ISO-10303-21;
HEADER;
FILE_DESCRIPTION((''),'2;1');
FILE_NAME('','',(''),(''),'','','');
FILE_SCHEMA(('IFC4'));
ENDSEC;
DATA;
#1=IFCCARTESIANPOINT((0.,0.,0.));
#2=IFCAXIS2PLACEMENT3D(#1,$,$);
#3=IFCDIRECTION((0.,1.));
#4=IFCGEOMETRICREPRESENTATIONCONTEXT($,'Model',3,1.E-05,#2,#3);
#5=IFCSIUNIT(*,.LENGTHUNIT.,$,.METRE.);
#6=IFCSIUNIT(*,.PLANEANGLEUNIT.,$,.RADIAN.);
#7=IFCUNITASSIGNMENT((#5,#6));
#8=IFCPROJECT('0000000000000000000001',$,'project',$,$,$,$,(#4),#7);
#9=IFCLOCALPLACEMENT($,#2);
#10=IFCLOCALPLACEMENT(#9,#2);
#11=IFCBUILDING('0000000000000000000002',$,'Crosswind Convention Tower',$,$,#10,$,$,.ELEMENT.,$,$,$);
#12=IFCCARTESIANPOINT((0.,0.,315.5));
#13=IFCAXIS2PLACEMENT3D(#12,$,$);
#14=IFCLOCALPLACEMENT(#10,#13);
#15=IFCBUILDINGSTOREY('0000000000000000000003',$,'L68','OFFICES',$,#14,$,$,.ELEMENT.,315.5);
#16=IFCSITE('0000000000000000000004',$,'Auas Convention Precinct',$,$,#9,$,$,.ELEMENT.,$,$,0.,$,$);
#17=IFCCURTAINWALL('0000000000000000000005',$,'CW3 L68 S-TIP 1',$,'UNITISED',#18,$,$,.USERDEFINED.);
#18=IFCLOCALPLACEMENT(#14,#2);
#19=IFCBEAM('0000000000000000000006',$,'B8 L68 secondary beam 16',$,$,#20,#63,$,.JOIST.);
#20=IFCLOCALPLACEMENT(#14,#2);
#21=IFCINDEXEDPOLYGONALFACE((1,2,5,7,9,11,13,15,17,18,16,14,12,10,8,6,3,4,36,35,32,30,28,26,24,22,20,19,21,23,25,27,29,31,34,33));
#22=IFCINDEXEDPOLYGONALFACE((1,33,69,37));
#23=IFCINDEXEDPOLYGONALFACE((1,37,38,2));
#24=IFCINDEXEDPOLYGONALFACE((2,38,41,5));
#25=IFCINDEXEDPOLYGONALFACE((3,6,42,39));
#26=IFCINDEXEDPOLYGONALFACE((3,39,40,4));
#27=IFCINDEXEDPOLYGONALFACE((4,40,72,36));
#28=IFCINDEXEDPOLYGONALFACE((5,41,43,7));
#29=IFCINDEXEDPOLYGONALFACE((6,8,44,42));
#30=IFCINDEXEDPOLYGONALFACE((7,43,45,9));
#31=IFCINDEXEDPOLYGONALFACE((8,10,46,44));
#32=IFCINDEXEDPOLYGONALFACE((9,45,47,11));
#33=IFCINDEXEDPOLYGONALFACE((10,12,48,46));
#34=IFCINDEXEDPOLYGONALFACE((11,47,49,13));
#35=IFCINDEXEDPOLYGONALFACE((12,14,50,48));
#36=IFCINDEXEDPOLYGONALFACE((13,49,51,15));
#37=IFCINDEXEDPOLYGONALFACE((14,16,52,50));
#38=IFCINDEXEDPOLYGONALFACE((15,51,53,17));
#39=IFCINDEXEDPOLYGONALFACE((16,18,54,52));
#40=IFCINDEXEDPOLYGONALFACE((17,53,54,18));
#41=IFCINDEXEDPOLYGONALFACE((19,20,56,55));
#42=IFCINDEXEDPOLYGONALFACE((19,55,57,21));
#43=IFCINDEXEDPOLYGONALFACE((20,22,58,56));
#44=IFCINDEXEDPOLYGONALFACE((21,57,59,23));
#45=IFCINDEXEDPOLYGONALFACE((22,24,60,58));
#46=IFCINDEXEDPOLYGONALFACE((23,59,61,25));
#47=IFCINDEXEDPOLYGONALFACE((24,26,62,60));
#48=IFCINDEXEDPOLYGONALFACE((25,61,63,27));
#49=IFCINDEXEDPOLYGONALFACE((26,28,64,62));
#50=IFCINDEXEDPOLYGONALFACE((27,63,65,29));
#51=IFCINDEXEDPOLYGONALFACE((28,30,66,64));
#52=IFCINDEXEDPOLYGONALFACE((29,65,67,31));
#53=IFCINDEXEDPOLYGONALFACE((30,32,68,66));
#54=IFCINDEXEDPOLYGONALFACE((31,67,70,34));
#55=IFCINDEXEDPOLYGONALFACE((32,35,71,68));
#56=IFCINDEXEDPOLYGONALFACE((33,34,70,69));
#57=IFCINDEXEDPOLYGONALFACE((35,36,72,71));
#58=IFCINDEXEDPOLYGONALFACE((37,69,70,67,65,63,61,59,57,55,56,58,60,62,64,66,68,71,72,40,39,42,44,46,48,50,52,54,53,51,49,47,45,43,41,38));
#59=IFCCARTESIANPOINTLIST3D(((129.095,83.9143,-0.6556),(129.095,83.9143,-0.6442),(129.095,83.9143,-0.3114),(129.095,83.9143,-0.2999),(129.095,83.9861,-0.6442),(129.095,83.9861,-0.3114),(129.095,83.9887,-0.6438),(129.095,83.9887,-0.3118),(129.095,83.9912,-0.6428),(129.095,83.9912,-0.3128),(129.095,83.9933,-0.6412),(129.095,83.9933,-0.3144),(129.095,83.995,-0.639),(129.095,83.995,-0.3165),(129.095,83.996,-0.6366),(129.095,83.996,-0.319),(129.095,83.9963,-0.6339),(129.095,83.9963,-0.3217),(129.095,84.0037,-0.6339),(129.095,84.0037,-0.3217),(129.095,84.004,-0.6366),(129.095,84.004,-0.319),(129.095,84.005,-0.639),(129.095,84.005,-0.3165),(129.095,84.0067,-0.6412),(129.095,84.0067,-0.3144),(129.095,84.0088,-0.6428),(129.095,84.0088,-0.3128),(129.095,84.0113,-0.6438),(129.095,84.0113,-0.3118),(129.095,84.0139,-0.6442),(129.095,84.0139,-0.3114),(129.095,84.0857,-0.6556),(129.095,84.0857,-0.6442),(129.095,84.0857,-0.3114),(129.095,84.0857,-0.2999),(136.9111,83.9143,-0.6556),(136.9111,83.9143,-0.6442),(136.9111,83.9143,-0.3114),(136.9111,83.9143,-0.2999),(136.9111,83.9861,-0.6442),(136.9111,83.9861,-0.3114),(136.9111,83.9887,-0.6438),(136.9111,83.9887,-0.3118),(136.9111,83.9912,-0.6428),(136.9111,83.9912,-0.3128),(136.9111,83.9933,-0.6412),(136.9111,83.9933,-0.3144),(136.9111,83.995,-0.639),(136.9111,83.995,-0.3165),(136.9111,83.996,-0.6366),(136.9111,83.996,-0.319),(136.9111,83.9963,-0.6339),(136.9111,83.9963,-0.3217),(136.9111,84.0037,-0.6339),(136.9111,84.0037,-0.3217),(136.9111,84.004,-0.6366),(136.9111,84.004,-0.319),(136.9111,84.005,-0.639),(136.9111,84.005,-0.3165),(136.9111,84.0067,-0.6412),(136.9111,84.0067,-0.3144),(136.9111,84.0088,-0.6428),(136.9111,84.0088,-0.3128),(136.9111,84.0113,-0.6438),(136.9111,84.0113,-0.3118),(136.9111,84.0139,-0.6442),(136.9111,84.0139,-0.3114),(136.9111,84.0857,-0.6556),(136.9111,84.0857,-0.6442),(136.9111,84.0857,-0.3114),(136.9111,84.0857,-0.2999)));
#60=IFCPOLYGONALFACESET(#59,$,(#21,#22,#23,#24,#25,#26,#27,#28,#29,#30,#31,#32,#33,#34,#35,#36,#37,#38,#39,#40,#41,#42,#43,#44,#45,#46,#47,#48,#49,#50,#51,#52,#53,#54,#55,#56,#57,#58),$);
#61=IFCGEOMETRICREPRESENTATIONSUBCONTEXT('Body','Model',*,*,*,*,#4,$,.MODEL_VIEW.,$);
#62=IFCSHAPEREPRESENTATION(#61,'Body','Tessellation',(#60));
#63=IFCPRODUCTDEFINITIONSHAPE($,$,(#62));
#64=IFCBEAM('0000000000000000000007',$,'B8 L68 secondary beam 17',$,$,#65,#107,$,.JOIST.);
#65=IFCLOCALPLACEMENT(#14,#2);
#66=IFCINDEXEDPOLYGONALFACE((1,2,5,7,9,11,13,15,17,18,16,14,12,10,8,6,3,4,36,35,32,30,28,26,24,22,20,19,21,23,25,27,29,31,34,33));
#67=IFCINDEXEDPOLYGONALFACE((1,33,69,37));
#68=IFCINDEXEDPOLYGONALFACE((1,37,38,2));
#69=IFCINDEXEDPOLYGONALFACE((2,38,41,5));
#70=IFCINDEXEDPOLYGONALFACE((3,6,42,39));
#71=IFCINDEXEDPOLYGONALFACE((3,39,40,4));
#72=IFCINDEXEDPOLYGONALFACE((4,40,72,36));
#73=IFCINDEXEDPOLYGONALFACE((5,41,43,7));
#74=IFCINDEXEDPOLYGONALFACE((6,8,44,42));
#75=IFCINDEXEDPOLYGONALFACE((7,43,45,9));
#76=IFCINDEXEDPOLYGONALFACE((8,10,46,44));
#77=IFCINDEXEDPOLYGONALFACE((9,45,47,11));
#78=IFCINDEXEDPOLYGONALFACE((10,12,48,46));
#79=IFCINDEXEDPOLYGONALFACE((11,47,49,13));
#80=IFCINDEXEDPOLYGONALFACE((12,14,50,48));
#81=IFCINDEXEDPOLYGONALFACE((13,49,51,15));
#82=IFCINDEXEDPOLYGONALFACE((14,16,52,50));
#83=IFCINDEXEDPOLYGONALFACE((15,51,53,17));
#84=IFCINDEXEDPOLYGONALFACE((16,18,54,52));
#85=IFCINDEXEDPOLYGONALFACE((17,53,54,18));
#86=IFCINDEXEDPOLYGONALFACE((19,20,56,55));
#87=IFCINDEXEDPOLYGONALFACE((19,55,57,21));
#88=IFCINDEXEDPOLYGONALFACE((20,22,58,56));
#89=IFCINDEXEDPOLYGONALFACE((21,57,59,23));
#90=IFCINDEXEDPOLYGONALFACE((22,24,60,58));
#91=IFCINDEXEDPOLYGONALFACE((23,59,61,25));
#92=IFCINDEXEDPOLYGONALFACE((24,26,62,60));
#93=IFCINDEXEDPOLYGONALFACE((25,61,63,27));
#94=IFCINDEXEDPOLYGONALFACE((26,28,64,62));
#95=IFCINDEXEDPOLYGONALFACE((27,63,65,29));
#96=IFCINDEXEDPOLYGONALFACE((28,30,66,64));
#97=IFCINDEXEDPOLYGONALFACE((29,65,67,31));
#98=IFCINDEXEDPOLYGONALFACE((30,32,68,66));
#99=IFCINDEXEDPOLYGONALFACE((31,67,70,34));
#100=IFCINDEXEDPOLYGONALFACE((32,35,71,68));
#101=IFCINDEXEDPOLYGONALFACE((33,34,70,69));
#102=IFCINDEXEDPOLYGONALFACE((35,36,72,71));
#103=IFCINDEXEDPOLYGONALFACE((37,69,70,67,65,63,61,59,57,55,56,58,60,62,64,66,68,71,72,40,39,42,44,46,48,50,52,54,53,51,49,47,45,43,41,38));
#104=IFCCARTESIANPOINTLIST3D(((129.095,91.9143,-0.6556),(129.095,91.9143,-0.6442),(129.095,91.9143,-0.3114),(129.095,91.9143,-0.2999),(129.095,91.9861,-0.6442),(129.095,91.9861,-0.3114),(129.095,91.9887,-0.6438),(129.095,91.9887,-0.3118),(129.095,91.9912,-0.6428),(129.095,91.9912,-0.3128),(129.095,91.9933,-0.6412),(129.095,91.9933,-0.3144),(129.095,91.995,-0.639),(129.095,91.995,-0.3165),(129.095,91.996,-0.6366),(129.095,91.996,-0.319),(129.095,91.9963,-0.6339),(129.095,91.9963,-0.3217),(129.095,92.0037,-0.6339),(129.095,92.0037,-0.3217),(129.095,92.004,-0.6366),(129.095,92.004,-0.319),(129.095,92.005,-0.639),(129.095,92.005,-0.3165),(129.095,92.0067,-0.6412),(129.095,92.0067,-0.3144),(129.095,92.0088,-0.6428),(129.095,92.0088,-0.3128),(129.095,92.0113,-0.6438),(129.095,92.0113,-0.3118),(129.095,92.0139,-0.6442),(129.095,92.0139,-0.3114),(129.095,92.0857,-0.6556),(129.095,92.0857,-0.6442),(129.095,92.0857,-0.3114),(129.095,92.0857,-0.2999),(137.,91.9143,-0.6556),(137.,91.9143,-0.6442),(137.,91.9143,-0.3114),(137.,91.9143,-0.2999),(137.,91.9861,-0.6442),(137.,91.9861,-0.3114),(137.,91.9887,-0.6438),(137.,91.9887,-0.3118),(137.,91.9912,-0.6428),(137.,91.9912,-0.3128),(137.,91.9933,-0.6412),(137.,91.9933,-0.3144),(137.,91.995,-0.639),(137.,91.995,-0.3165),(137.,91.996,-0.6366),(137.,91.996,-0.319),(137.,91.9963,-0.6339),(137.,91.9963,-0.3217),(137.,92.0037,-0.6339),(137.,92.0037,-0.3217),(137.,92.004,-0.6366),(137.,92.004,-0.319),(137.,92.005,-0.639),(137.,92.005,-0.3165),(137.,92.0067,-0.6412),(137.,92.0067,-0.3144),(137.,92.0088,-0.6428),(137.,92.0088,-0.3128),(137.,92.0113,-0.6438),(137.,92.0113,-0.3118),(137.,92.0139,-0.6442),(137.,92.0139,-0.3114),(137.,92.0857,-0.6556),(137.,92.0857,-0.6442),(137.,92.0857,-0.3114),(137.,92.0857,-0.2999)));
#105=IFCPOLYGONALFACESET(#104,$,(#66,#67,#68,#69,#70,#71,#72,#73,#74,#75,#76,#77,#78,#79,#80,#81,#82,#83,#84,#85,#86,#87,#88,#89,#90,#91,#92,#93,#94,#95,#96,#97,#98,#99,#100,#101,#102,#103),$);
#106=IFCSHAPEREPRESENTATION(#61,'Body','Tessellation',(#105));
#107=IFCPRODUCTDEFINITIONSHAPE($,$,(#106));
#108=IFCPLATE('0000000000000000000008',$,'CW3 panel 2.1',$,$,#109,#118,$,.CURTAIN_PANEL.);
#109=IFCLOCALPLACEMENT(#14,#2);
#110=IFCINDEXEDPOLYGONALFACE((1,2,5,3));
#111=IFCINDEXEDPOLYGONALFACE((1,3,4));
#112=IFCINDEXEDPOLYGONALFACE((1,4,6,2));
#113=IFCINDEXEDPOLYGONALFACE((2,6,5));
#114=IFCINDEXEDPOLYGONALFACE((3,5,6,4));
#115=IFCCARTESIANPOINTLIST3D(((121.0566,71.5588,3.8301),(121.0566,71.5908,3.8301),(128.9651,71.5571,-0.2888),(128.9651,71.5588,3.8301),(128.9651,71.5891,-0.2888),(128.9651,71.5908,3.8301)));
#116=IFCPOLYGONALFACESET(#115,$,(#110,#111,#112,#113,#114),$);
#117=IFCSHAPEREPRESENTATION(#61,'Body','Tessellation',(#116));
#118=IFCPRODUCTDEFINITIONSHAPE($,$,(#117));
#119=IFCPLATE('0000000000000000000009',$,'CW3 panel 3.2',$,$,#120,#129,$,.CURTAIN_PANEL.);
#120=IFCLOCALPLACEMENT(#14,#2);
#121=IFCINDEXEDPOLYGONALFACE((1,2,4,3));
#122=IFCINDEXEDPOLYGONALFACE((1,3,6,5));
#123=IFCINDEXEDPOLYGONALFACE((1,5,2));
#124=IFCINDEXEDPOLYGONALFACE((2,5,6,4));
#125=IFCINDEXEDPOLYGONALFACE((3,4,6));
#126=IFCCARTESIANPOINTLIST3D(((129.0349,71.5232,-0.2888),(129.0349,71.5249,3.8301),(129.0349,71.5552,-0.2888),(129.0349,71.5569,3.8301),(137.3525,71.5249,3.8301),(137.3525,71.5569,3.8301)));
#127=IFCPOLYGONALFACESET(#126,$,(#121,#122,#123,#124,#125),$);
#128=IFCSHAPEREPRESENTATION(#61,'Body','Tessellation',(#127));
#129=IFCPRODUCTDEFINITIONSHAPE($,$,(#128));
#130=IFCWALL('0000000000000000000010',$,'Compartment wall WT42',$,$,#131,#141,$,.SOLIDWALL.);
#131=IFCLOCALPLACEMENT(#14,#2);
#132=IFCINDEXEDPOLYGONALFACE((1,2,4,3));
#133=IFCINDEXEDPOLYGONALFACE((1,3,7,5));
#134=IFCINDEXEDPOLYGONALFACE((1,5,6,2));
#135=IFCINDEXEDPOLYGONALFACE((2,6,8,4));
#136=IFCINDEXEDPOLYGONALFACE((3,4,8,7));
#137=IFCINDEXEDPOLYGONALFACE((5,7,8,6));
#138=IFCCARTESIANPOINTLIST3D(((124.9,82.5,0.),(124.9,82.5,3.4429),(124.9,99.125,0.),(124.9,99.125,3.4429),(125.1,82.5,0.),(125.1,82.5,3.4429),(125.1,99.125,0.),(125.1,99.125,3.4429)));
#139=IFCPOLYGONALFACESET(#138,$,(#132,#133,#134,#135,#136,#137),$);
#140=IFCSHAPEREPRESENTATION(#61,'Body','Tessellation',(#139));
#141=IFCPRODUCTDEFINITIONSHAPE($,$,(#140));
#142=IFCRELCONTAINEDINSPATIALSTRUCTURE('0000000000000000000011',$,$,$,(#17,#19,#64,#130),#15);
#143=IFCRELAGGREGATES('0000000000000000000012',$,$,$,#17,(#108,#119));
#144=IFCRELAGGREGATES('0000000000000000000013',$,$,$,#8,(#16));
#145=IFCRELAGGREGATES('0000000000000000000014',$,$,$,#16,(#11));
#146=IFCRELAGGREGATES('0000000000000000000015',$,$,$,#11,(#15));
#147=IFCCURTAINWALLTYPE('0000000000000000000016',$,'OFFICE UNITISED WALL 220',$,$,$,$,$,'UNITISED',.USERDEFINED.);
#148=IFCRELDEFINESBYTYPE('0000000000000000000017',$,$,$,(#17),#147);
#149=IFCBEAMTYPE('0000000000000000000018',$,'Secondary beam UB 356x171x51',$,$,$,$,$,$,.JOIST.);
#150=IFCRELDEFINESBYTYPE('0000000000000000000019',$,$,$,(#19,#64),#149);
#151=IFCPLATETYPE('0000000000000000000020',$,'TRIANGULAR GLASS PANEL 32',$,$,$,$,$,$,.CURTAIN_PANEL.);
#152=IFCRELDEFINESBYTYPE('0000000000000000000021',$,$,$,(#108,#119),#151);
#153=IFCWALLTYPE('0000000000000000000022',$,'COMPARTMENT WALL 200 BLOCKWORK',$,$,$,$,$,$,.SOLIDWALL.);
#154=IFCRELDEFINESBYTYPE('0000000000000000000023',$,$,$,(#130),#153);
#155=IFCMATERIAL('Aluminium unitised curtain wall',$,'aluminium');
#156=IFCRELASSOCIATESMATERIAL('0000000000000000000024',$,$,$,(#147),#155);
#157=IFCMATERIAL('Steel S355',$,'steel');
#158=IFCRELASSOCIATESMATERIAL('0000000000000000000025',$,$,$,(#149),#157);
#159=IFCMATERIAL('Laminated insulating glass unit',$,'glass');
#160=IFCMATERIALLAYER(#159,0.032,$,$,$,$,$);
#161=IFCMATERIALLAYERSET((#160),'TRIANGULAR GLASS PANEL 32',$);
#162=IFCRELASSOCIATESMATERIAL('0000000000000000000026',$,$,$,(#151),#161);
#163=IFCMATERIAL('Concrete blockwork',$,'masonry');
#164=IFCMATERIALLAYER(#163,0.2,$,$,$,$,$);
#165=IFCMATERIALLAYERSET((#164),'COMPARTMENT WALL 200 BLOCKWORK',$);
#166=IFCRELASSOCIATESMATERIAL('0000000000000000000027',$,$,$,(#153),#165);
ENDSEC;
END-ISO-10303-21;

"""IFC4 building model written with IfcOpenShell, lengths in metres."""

from ifc_helpers import new_model, si_unit, direction, frame, frame_2d, origin, origin_2d, place, context, subcontext, project, spatial, polyline, rectangle, i_section, outline, extrude, material, layer, layer_set, material_profile, profile_set, type_object, element, aggregate, save


model = new_model("IFC4")

# Units and contexts
model_context = context("Model", 3, precision=1e-05, world=origin(), true_north=direction((0.0, 1.0)))
body_context = subcontext(model_context, "Body", "Model", "MODEL_VIEW")
ifc_project = project(units=[si_unit("LENGTHUNIT", "METRE"), si_unit("PLANEANGLEUNIT", "RADIAN")], contexts=[model_context])

# Site, building, storey
site_placement = place(None, origin())
site = spatial("IfcSite", under=ifc_project, at=site_placement, Name="Auas Convention Precinct", CompositionType="ELEMENT", RefElevation=0.0)
building_placement = place(site_placement, origin())
building = spatial("IfcBuilding", under=site, at=building_placement, Name="Crosswind Convention Tower", CompositionType="ELEMENT")
storey_placement = place(building_placement, frame((0.0, 0.0, 315.5)))
storey = spatial("IfcBuildingStorey", under=building, at=storey_placement, Name="L68", Description="OFFICES", CompositionType="ELEMENT", Elevation=315.5)

# Shared definitions
ifc_material_1 = material(Name="Steel S355", Category="steel")

# Curtain wall
ifc_material_2 = material(Name="Aluminium unitised curtain wall", Category="aluminium")
curtain_wall_type = type_object("IfcCurtainWallType", Name="OFFICE UNITISED WALL 220", ElementType="UNITISED", PredefinedType="USERDEFINED", material=ifc_material_2)
curtain_wall_placement = place(storey_placement, origin())
curtain_wall = element("IfcCurtainWall", 1, at=curtain_wall_placement, inside=storey, type_object=curtain_wall_type, Name="CW3 L68 S-TIP 1", ObjectType="UNITISED", PredefinedType="USERDEFINED")

# Beams
ifc_material_profile_1 = material_profile(ifc_material_1, i_section(OverallWidth=0.1714, OverallDepth=0.3557, WebThickness=0.0073, FlangeThickness=0.0115, FilletRadius=0.0103, at=origin_2d()), Name="UB 356x171x51")
ifc_profile_set_1 = profile_set([ifc_material_profile_1], Name="Steel S355")
beam_type_1 = type_object("IfcBeamType", Name="Secondary beam UB 356x171x51", PredefinedType="JOIST", material=ifc_profile_set_1)
for number, where, z_axis, x_axis, name in (
    (2, (129.095, 84.0, -0.4778), (1.0, 0.0, 0.0), (0.0, 1.0, 0.0), "B8 L68 secondary beam 16"),
):
    element("IfcBeam", number, at=place(storey_placement, frame(where, z_axis=z_axis, x_axis=x_axis)), inside=storey, type_object=beam_type_1, Name=name, PredefinedType="JOIST", context=body_context, shape_type="SweptSolid", body=[
        extrude(i_section(OverallWidth=0.1714, OverallDepth=0.3557, WebThickness=0.0073, FlangeThickness=0.0115, FilletRadius=0.0103, at=origin_2d()), origin(), (0.0, 0.0, 1.0), 7.8162),
    ])
beam_placement = place(storey_placement, frame((129.095, 92.0, -0.4778), z_axis=(1.0, 0.0, 0.0), x_axis=(0.0, 1.0, 0.0)))
element("IfcBeam", 3, at=beam_placement, inside=storey, type_object=beam_type_1, Name="B8 L68 secondary beam 17", PredefinedType="JOIST", context=body_context, shape_type="SweptSolid", body=[
    extrude(i_section(OverallWidth=0.1714, OverallDepth=0.3557, WebThickness=0.0073, FlangeThickness=0.0115, FilletRadius=0.0103, at=origin_2d()), origin(), (0.0, 0.0, 1.0), 7.905),
])

# Plates
ifc_material_3 = material(Name="Laminated insulating glass unit", Category="glass")
ifc_layer_1 = layer(ifc_material_3, 0.032)
ifc_layer_set_1 = layer_set([ifc_layer_1], Name="TRIANGULAR GLASS PANEL 32")
plate_type = type_object("IfcPlateType", Name="TRIANGULAR GLASS PANEL 32", PredefinedType="CURTAIN_PANEL", material=ifc_layer_set_1)
plate_1_placement = place(storey_placement, frame((128.9651, 71.5588, 3.8301), z_axis=(0.0, -1.0, 0.000415), x_axis=(-1.0, 0.0, 0.0)))
plate_1 = element("IfcPlate", 4, at=plate_1_placement, type_object=plate_type, Name="CW3 panel 2.1", PredefinedType="CURTAIN_PANEL", context=body_context, shape_type="SweptSolid", body=[
    extrude(outline(polyline([(0.0, 0.0), (7.9084, 0.0), (0.0, 4.1189), (0.0, 0.0)])), origin(), (0.0, 0.0, -1.0), 0.032),
])
plate_2_placement = place(storey_placement, frame((129.0349, 71.5249, 3.8301), z_axis=(0.0, -1.0, 0.000415), x_axis=(0.0, -0.000415, -1.0)))
plate_2 = element("IfcPlate", 5, at=plate_2_placement, type_object=plate_type, Name="CW3 panel 3.2", PredefinedType="CURTAIN_PANEL", context=body_context, shape_type="SweptSolid", body=[
    extrude(outline(polyline([(0.0, 0.0), (4.1189, 0.0), (0.0, 8.3176), (0.0, 0.0)])), origin(), (0.0, 0.0, -1.0), 0.032),
])
aggregate(curtain_wall, [plate_1, plate_2])

# Wall
ifc_material_4 = material(Name="Concrete blockwork", Category="masonry")
ifc_layer_2 = layer(ifc_material_4, 0.2)
ifc_layer_set_2 = layer_set([ifc_layer_2], Name="COMPARTMENT WALL 200 BLOCKWORK")
wall_type_1 = type_object("IfcWallType", Name="COMPARTMENT WALL 200 BLOCKWORK", PredefinedType="SOLIDWALL", material=ifc_layer_set_2)
wall_1_placement = place(storey_placement, frame((125.0, 82.5, 0.0), z_axis=(0.0, 0.0, 1.0), x_axis=(0.0, 1.0, 0.0)))
element("IfcWall", 6, at=wall_1_placement, inside=storey, type_object=wall_type_1, Name="Compartment wall WT42", PredefinedType="SOLIDWALL", context=body_context, shape_type="SweptSolid", body=[
    extrude(rectangle(XDim=16.625, YDim=0.2, at=frame_2d((8.3125, 0.0))), origin(), (0.0, 0.0, 1.0), 3.4429),
])

save(model, "model.ifc")
